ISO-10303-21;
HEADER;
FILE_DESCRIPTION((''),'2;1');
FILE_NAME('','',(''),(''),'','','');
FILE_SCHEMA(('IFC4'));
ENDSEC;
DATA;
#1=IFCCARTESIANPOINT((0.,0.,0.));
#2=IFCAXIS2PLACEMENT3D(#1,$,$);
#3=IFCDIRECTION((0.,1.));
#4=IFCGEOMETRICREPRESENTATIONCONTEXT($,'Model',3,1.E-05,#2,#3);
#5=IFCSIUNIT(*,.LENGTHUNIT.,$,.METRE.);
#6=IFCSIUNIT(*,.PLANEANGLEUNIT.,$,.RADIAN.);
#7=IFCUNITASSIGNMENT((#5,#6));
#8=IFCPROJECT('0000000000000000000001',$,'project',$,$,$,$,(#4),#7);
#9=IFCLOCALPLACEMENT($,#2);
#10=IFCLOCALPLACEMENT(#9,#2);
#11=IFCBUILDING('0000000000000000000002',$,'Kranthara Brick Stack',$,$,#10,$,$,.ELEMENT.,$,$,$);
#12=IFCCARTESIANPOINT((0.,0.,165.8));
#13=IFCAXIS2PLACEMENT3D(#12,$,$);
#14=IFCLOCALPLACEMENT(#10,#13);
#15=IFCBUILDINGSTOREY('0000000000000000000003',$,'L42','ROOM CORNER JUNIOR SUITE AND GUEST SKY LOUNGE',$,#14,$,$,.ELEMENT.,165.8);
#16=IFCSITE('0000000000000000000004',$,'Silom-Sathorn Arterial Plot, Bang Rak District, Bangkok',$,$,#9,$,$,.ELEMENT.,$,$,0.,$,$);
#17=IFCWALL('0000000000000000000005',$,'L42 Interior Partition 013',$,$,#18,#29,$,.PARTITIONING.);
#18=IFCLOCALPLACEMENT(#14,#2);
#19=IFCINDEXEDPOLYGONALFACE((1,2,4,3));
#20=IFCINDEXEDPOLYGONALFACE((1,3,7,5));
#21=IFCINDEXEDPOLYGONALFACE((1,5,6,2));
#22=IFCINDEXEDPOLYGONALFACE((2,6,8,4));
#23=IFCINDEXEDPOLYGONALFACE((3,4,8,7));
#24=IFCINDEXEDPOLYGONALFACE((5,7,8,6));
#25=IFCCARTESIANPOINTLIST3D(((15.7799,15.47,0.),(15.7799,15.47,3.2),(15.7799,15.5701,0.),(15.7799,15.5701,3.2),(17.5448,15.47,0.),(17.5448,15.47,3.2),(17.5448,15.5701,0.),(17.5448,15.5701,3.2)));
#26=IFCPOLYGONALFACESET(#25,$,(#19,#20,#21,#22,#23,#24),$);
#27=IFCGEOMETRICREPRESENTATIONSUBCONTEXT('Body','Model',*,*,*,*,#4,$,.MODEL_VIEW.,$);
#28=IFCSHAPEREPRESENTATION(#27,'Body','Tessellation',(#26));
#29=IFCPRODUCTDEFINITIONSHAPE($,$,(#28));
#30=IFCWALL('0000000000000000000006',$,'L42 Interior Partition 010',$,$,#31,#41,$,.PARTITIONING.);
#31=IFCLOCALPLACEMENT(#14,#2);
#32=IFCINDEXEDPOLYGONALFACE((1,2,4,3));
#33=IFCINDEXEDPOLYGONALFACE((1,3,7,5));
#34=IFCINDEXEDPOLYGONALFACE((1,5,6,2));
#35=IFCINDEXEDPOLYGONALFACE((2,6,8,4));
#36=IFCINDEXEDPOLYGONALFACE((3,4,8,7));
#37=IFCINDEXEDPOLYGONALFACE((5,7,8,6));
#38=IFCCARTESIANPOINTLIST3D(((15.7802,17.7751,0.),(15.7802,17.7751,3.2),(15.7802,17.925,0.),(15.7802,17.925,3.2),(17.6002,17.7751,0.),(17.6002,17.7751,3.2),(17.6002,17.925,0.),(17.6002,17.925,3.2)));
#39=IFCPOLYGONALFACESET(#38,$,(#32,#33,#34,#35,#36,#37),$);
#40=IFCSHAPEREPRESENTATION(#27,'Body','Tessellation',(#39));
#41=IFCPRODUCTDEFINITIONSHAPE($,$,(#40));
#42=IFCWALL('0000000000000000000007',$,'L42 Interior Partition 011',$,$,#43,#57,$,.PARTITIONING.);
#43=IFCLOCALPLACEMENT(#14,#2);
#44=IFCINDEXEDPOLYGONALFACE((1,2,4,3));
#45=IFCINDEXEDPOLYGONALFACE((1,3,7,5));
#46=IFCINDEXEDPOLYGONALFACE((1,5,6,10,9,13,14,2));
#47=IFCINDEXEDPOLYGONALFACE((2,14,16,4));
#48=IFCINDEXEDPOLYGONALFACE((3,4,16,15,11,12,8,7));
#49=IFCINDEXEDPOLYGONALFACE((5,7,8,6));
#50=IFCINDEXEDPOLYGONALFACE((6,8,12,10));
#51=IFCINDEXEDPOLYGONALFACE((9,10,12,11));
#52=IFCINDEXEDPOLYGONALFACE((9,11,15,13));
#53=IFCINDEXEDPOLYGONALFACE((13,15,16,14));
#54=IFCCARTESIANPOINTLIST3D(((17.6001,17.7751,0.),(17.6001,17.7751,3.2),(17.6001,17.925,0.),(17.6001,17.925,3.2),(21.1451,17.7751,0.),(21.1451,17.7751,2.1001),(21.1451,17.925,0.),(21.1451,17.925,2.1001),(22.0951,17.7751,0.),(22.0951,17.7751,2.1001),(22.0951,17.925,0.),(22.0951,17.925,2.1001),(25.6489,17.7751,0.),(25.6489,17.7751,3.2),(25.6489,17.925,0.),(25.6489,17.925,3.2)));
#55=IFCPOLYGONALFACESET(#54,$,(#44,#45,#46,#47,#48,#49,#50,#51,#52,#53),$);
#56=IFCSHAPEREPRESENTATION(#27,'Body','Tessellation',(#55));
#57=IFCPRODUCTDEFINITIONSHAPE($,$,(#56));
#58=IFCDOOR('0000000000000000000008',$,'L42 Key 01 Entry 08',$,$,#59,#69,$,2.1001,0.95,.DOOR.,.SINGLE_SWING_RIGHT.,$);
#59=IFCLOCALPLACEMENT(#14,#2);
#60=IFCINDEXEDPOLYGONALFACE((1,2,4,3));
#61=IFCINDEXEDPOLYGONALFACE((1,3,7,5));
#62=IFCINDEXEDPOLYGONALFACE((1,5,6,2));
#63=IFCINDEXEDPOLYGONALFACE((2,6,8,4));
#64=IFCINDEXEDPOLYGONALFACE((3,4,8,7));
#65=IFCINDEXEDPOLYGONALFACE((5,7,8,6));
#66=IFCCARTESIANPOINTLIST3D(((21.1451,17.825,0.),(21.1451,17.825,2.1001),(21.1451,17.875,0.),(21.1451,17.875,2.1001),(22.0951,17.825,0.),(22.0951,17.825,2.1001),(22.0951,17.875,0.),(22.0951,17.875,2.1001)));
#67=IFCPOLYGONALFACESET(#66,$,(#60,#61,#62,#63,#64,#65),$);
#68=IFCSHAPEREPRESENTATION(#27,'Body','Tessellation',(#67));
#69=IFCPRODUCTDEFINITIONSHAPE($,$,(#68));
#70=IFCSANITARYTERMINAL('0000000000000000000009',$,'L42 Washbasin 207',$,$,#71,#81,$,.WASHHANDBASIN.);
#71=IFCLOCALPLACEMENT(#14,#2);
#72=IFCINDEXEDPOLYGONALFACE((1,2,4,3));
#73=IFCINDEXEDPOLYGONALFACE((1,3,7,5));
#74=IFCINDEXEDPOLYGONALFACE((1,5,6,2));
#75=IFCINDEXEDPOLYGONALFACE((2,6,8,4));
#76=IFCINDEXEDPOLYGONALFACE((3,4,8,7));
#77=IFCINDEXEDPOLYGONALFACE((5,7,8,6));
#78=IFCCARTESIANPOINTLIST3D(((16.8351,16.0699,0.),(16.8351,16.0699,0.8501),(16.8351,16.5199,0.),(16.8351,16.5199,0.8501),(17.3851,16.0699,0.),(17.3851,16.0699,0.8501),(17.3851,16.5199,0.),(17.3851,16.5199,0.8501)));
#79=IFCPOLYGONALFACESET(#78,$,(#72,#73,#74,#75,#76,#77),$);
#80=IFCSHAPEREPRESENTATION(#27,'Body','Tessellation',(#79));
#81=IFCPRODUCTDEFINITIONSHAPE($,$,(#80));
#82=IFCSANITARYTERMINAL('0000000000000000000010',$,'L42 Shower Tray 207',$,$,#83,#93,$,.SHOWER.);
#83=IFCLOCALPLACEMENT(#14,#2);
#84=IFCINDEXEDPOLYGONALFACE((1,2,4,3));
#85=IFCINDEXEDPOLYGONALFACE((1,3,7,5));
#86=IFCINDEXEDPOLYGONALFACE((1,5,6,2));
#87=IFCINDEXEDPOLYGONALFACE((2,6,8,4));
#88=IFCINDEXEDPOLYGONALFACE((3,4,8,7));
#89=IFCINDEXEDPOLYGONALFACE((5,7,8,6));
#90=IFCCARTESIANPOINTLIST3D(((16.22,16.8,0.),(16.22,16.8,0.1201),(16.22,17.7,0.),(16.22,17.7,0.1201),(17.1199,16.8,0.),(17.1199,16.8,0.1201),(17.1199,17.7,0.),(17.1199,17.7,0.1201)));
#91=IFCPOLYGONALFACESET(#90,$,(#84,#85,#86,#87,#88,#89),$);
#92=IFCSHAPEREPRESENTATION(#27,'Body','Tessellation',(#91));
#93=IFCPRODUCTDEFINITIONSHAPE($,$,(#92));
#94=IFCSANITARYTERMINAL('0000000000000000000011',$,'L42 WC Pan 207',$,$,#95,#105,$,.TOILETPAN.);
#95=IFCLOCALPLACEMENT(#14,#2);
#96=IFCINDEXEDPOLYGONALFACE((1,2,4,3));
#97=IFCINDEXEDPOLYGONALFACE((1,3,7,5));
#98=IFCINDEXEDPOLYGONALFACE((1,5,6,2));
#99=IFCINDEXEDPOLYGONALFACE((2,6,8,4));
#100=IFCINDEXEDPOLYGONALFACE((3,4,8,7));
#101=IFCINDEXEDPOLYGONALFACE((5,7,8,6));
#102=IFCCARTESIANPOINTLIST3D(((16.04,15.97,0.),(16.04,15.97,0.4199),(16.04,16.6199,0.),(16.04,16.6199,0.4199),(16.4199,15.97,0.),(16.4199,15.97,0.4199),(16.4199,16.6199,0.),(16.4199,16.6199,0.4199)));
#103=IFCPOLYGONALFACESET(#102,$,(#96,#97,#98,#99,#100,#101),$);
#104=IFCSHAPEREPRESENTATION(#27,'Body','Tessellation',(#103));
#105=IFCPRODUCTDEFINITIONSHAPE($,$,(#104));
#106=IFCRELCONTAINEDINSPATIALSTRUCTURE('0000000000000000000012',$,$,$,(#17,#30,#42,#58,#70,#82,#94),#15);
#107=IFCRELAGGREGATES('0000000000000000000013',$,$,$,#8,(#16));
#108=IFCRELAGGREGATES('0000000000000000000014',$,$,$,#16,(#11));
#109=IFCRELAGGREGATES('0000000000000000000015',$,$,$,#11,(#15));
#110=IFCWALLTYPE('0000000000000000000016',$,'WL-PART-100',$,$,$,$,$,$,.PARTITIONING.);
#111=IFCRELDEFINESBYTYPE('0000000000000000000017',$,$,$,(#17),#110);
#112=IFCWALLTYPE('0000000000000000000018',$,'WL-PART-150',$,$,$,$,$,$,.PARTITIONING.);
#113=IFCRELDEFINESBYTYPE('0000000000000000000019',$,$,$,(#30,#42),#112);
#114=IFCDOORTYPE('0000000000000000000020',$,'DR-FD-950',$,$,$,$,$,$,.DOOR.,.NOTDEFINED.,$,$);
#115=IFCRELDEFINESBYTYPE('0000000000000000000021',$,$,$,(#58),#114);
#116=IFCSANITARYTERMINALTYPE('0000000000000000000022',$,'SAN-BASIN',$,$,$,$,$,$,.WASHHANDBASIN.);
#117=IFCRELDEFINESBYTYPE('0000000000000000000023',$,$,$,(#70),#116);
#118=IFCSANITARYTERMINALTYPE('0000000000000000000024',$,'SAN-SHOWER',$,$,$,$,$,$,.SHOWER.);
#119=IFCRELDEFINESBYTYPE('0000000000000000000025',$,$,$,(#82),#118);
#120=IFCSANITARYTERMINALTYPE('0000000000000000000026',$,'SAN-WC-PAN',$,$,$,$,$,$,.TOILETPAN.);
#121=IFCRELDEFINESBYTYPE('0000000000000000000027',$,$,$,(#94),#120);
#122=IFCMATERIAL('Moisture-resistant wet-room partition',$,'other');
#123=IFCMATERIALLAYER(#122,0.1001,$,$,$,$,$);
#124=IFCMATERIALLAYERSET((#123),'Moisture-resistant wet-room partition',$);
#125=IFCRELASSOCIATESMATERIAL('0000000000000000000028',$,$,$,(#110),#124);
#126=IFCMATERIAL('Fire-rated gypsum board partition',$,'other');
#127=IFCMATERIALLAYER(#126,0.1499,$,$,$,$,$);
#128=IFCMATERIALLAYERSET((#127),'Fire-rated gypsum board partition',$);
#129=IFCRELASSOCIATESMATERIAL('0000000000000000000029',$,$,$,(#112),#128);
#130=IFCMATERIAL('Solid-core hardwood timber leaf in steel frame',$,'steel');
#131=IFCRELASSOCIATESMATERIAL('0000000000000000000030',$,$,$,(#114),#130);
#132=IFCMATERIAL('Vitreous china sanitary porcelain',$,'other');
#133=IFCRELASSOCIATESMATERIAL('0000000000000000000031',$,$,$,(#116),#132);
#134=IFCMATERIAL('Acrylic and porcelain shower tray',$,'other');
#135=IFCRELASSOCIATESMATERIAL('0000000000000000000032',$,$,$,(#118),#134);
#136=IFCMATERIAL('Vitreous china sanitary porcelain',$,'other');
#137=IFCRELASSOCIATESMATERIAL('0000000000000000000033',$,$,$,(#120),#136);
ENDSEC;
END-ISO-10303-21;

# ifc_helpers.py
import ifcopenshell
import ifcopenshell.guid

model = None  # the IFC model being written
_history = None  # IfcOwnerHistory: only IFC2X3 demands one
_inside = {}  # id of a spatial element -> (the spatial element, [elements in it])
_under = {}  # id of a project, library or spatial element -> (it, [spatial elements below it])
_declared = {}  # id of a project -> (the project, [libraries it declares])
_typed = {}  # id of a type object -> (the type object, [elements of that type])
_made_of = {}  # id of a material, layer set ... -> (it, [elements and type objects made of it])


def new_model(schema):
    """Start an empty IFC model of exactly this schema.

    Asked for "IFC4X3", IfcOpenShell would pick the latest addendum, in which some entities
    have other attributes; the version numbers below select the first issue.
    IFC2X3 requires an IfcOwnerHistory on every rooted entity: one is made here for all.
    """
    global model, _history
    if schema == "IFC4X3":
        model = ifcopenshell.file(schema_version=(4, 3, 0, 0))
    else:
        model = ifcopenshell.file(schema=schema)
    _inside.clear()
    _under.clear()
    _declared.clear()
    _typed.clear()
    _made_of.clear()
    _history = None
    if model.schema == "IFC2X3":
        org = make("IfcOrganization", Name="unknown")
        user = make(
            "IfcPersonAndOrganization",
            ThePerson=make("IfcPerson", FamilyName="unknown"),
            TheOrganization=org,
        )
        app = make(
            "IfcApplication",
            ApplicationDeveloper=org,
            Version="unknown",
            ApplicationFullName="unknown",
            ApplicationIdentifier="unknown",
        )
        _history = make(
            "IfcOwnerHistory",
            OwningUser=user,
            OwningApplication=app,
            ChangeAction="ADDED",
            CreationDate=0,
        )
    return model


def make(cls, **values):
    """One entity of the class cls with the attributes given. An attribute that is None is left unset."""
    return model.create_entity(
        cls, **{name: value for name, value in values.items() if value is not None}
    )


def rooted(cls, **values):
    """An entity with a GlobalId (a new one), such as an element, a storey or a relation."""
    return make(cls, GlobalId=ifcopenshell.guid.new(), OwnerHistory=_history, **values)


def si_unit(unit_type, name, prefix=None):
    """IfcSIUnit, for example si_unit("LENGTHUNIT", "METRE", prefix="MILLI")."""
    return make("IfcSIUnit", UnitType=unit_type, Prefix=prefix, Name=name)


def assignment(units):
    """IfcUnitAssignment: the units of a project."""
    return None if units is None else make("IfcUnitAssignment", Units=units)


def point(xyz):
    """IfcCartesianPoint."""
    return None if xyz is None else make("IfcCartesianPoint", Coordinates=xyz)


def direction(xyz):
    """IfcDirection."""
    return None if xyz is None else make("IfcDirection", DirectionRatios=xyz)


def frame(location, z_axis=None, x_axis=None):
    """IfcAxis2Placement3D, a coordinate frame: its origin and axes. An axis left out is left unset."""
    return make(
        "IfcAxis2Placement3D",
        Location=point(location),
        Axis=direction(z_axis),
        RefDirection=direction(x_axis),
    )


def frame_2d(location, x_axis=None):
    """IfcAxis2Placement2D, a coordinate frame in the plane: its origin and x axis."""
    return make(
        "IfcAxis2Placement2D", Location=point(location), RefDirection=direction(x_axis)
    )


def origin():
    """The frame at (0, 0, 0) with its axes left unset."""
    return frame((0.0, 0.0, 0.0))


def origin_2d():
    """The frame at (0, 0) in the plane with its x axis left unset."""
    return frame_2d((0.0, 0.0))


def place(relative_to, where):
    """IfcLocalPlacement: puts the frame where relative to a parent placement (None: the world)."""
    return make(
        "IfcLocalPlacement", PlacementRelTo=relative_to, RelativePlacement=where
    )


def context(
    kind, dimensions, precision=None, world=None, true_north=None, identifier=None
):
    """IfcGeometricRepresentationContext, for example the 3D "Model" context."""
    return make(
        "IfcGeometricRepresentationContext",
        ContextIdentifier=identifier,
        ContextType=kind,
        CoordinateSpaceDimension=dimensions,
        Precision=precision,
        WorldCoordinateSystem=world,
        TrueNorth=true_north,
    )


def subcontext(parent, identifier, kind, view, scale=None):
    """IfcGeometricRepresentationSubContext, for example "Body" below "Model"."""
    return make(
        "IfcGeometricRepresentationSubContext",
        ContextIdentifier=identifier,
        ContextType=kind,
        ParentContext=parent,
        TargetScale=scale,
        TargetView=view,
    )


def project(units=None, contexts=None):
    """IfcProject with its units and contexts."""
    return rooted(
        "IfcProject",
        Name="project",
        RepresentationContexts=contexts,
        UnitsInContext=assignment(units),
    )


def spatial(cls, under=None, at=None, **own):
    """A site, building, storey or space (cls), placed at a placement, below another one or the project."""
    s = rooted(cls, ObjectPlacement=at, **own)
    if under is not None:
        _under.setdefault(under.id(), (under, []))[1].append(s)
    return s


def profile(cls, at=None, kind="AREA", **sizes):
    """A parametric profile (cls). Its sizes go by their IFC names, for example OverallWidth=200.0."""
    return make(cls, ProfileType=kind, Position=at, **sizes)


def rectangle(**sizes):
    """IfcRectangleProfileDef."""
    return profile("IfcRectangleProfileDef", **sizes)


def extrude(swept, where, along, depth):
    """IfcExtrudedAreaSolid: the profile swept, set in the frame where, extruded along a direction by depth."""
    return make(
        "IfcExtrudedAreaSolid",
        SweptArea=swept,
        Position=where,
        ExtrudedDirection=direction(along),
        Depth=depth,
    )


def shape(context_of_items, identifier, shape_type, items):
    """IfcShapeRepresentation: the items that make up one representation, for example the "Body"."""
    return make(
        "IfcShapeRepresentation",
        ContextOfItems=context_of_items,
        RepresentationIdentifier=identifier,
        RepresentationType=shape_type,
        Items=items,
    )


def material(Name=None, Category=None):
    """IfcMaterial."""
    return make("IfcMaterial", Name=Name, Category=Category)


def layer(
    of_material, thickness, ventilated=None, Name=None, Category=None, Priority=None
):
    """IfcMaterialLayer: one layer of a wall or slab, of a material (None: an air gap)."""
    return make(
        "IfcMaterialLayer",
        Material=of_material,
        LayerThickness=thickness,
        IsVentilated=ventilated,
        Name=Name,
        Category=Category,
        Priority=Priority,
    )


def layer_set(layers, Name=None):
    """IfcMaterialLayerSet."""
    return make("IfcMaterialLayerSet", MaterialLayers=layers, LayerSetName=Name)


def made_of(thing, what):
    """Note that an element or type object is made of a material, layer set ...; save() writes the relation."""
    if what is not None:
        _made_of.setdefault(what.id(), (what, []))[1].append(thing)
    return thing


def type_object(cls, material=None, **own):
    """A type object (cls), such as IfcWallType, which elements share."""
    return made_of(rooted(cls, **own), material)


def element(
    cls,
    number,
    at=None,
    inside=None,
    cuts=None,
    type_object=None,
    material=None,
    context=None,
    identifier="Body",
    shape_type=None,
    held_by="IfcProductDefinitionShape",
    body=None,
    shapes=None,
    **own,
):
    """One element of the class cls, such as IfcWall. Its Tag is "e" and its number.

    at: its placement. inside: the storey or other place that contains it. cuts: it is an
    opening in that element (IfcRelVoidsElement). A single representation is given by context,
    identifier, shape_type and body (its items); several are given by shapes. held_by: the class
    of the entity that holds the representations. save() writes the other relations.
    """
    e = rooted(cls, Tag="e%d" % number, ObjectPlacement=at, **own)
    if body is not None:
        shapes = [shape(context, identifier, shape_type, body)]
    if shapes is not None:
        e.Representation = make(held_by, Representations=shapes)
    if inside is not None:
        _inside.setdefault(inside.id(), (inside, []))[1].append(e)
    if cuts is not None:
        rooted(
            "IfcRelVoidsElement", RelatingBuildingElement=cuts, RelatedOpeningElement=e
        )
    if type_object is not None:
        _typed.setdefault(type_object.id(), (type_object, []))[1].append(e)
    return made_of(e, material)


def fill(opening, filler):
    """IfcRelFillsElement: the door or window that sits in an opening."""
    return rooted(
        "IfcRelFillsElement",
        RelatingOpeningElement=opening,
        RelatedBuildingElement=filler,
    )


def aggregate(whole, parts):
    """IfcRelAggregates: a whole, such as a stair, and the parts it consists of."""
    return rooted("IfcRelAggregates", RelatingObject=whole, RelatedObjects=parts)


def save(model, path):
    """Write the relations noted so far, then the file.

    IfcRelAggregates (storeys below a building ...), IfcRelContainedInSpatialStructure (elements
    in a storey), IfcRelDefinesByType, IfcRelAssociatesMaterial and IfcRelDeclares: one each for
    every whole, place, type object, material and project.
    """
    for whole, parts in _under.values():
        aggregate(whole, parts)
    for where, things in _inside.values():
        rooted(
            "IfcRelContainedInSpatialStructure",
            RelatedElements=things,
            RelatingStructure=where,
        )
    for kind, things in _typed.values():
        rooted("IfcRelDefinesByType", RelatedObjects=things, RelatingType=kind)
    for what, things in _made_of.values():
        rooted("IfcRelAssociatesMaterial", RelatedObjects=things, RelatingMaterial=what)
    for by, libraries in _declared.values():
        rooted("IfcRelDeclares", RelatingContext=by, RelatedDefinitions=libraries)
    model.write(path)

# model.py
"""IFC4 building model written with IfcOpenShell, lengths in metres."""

from ifc_helpers import new_model, si_unit, direction, frame, frame_2d, origin, origin_2d, place, context, subcontext, project, spatial, rectangle, extrude, material, layer, layer_set, type_object, element, fill, save


model = new_model("IFC4")

# Units and contexts
model_context = context("Model", 3, precision=1e-05, world=origin(), true_north=direction((0.0, 1.0)))
body_context = subcontext(model_context, "Body", "Model", "MODEL_VIEW")
ifc_project = project(units=[si_unit("LENGTHUNIT", "METRE"), si_unit("PLANEANGLEUNIT", "RADIAN")], contexts=[model_context])

# Site, building, storey
site_placement = place(None, origin())
site = spatial("IfcSite", under=ifc_project, at=site_placement, Name="Silom-Sathorn Arterial Plot, Bang Rak District, Bangkok", CompositionType="ELEMENT", RefElevation=0.0)
building_placement = place(site_placement, origin())
building = spatial("IfcBuilding", under=site, at=building_placement, Name="Kranthara Brick Stack", CompositionType="ELEMENT")
storey_placement = place(building_placement, frame((0.0, 0.0, 165.8)))
storey = spatial("IfcBuildingStorey", under=building, at=storey_placement, Name="L42", Description="ROOM CORNER JUNIOR SUITE AND GUEST SKY LOUNGE", CompositionType="ELEMENT", Elevation=165.8)

# Shared definitions
ifc_material_1 = material(Name="Moisture-resistant wet-room partition", Category="other")
ifc_layer_1 = layer(ifc_material_1, 0.1001)
ifc_layer_set_1 = layer_set([ifc_layer_1], Name="Moisture-resistant wet-room partition")
wall_type_1 = type_object("IfcWallType", Name="WL-PART-100", PredefinedType="PARTITIONING", material=ifc_layer_set_1)

# Walls
wall_1_placement = place(storey_placement, frame((15.78, 15.52, 0.0), z_axis=(0.0, 0.0, 1.0), x_axis=(1.0, 0.0, 0.0)))
element("IfcWall", 1, at=wall_1_placement, inside=storey, type_object=wall_type_1, Name="L42 Interior Partition 013", PredefinedType="PARTITIONING", context=body_context, shape_type="SweptSolid", body=[
    extrude(rectangle(XDim=1.7649, YDim=0.1001, at=frame_2d((0.8823, 0.0))), origin(), (0.0, 0.0, 1.0), 3.2),
])
ifc_material_2 = material(Name="Fire-rated gypsum board partition", Category="other")
ifc_layer_2 = layer(ifc_material_2, 0.1499)
ifc_layer_set_2 = layer_set([ifc_layer_2], Name="Fire-rated gypsum board partition")
wall_type_2 = type_object("IfcWallType", Name="WL-PART-150", PredefinedType="PARTITIONING", material=ifc_layer_set_2)
wall_2_placement = place(storey_placement, frame((15.78, 17.8501, 0.0), z_axis=(0.0, 0.0, 1.0), x_axis=(1.0, 0.0, 0.0)))
element("IfcWall", 2, at=wall_2_placement, inside=storey, type_object=wall_type_2, Name="L42 Interior Partition 010", PredefinedType="PARTITIONING", context=body_context, shape_type="SweptSolid", body=[
    extrude(rectangle(XDim=1.8201, YDim=0.1499, at=frame_2d((0.9102, 0.0))), origin(), (0.0, 0.0, 1.0), 3.2),
])

# Wall, opening, door
wall_3_placement = place(storey_placement, frame((17.6001, 17.8501, 0.0), z_axis=(0.0, 0.0, 1.0), x_axis=(1.0, 0.0, 0.0)))
wall_3 = element("IfcWall", 3, at=wall_3_placement, inside=storey, type_object=wall_type_2, Name="L42 Interior Partition 011", PredefinedType="PARTITIONING", context=body_context, shape_type="SweptSolid", body=[
    extrude(rectangle(XDim=8.0488, YDim=0.1499, at=frame_2d((4.0244, 0.0))), origin(), (0.0, 0.0, 1.0), 3.2),
])
opening_1_placement = place(wall_3_placement, frame((3.5449, 0.0, 0.0)))
opening_1 = element("IfcOpeningElement", 4, at=opening_1_placement, cuts=wall_3, PredefinedType="OPENING", context=body_context, shape_type="SweptSolid", body=[
    extrude(rectangle(XDim=0.95, YDim=2.1001, at=frame_2d((0.4751, 1.05))), frame((0.0, 0.085, 0.0), z_axis=(0.0, -1.0, 0.0), x_axis=(1.0, 0.0, 0.0)), (0.0, 0.0, 1.0), 0.1699),
])
ifc_material_3 = material(Name="Solid-core hardwood timber leaf in steel frame", Category="steel")
door_type_1 = type_object("IfcDoorType", Name="DR-FD-950", OperationType="NOTDEFINED", PredefinedType="DOOR", material=ifc_material_3)
door_1_placement = place(opening_1_placement, origin())
door_1 = element("IfcDoor", 5, at=door_1_placement, inside=storey, type_object=door_type_1, Name="L42 Key 01 Entry 08", OperationType="SINGLE_SWING_RIGHT", OverallHeight=2.1001, OverallWidth=0.95, PredefinedType="DOOR", context=body_context, shape_type="SweptSolid", body=[
    extrude(rectangle(XDim=0.95, YDim=2.1001, at=frame_2d((0.4751, 1.05))), frame((0.0, 0.0249, 0.0), z_axis=(0.0, -1.0, 0.0), x_axis=(1.0, 0.0, 0.0)), (0.0, 0.0, 1.0), 0.05),
])
fill(opening_1, door_1)

# Sanitary terminals
ifc_material_4 = material(Name="Vitreous china sanitary porcelain", Category="other")
sanitary_terminal_type_1 = type_object("IfcSanitaryTerminalType", Name="SAN-BASIN", PredefinedType="WASHHANDBASIN", material=ifc_material_4)
sanitary_terminal_1_placement = place(storey_placement, frame((17.1101, 16.2949, 0.0), z_axis=(0.0, 0.0, 1.0), x_axis=(1.0, 0.0, 0.0)))
element("IfcSanitaryTerminal", 6, at=sanitary_terminal_1_placement, inside=storey, type_object=sanitary_terminal_type_1, Name="L42 Washbasin 207", PredefinedType="WASHHANDBASIN", context=body_context, shape_type="SweptSolid", body=[
    extrude(rectangle(XDim=0.55, YDim=0.45, at=origin_2d()), origin(), (0.0, 0.0, 1.0), 0.8501),
])
ifc_material_5 = material(Name="Acrylic and porcelain shower tray", Category="other")
sanitary_terminal_type_2 = type_object("IfcSanitaryTerminalType", Name="SAN-SHOWER", PredefinedType="SHOWER", material=ifc_material_5)
sanitary_terminal_2_placement = place(storey_placement, frame((16.6699, 17.25, 0.0), z_axis=(0.0, 0.0, 1.0), x_axis=(1.0, 0.0, 0.0)))
element("IfcSanitaryTerminal", 7, at=sanitary_terminal_2_placement, inside=storey, type_object=sanitary_terminal_type_2, Name="L42 Shower Tray 207", PredefinedType="SHOWER", context=body_context, shape_type="SweptSolid", body=[
    extrude(rectangle(XDim=0.8999, YDim=0.8999, at=origin_2d()), origin(), (0.0, 0.0, 1.0), 0.1201),
])
ifc_material_6 = material(Name="Vitreous china sanitary porcelain", Category="other")
sanitary_terminal_type_3 = type_object("IfcSanitaryTerminalType", Name="SAN-WC-PAN", PredefinedType="TOILETPAN", material=ifc_material_6)
sanitary_terminal_3_placement = place(storey_placement, frame((16.23, 16.2949, 0.0), z_axis=(0.0, 0.0, 1.0), x_axis=(1.0, 0.0, 0.0)))
element("IfcSanitaryTerminal", 8, at=sanitary_terminal_3_placement, inside=storey, type_object=sanitary_terminal_type_3, Name="L42 WC Pan 207", PredefinedType="TOILETPAN", context=body_context, shape_type="SweptSolid", body=[
    extrude(rectangle(XDim=0.3799, YDim=0.6499, at=origin_2d()), origin(), (0.0, 0.0, 1.0), 0.4199),
])

save(model, "model.ifc")
